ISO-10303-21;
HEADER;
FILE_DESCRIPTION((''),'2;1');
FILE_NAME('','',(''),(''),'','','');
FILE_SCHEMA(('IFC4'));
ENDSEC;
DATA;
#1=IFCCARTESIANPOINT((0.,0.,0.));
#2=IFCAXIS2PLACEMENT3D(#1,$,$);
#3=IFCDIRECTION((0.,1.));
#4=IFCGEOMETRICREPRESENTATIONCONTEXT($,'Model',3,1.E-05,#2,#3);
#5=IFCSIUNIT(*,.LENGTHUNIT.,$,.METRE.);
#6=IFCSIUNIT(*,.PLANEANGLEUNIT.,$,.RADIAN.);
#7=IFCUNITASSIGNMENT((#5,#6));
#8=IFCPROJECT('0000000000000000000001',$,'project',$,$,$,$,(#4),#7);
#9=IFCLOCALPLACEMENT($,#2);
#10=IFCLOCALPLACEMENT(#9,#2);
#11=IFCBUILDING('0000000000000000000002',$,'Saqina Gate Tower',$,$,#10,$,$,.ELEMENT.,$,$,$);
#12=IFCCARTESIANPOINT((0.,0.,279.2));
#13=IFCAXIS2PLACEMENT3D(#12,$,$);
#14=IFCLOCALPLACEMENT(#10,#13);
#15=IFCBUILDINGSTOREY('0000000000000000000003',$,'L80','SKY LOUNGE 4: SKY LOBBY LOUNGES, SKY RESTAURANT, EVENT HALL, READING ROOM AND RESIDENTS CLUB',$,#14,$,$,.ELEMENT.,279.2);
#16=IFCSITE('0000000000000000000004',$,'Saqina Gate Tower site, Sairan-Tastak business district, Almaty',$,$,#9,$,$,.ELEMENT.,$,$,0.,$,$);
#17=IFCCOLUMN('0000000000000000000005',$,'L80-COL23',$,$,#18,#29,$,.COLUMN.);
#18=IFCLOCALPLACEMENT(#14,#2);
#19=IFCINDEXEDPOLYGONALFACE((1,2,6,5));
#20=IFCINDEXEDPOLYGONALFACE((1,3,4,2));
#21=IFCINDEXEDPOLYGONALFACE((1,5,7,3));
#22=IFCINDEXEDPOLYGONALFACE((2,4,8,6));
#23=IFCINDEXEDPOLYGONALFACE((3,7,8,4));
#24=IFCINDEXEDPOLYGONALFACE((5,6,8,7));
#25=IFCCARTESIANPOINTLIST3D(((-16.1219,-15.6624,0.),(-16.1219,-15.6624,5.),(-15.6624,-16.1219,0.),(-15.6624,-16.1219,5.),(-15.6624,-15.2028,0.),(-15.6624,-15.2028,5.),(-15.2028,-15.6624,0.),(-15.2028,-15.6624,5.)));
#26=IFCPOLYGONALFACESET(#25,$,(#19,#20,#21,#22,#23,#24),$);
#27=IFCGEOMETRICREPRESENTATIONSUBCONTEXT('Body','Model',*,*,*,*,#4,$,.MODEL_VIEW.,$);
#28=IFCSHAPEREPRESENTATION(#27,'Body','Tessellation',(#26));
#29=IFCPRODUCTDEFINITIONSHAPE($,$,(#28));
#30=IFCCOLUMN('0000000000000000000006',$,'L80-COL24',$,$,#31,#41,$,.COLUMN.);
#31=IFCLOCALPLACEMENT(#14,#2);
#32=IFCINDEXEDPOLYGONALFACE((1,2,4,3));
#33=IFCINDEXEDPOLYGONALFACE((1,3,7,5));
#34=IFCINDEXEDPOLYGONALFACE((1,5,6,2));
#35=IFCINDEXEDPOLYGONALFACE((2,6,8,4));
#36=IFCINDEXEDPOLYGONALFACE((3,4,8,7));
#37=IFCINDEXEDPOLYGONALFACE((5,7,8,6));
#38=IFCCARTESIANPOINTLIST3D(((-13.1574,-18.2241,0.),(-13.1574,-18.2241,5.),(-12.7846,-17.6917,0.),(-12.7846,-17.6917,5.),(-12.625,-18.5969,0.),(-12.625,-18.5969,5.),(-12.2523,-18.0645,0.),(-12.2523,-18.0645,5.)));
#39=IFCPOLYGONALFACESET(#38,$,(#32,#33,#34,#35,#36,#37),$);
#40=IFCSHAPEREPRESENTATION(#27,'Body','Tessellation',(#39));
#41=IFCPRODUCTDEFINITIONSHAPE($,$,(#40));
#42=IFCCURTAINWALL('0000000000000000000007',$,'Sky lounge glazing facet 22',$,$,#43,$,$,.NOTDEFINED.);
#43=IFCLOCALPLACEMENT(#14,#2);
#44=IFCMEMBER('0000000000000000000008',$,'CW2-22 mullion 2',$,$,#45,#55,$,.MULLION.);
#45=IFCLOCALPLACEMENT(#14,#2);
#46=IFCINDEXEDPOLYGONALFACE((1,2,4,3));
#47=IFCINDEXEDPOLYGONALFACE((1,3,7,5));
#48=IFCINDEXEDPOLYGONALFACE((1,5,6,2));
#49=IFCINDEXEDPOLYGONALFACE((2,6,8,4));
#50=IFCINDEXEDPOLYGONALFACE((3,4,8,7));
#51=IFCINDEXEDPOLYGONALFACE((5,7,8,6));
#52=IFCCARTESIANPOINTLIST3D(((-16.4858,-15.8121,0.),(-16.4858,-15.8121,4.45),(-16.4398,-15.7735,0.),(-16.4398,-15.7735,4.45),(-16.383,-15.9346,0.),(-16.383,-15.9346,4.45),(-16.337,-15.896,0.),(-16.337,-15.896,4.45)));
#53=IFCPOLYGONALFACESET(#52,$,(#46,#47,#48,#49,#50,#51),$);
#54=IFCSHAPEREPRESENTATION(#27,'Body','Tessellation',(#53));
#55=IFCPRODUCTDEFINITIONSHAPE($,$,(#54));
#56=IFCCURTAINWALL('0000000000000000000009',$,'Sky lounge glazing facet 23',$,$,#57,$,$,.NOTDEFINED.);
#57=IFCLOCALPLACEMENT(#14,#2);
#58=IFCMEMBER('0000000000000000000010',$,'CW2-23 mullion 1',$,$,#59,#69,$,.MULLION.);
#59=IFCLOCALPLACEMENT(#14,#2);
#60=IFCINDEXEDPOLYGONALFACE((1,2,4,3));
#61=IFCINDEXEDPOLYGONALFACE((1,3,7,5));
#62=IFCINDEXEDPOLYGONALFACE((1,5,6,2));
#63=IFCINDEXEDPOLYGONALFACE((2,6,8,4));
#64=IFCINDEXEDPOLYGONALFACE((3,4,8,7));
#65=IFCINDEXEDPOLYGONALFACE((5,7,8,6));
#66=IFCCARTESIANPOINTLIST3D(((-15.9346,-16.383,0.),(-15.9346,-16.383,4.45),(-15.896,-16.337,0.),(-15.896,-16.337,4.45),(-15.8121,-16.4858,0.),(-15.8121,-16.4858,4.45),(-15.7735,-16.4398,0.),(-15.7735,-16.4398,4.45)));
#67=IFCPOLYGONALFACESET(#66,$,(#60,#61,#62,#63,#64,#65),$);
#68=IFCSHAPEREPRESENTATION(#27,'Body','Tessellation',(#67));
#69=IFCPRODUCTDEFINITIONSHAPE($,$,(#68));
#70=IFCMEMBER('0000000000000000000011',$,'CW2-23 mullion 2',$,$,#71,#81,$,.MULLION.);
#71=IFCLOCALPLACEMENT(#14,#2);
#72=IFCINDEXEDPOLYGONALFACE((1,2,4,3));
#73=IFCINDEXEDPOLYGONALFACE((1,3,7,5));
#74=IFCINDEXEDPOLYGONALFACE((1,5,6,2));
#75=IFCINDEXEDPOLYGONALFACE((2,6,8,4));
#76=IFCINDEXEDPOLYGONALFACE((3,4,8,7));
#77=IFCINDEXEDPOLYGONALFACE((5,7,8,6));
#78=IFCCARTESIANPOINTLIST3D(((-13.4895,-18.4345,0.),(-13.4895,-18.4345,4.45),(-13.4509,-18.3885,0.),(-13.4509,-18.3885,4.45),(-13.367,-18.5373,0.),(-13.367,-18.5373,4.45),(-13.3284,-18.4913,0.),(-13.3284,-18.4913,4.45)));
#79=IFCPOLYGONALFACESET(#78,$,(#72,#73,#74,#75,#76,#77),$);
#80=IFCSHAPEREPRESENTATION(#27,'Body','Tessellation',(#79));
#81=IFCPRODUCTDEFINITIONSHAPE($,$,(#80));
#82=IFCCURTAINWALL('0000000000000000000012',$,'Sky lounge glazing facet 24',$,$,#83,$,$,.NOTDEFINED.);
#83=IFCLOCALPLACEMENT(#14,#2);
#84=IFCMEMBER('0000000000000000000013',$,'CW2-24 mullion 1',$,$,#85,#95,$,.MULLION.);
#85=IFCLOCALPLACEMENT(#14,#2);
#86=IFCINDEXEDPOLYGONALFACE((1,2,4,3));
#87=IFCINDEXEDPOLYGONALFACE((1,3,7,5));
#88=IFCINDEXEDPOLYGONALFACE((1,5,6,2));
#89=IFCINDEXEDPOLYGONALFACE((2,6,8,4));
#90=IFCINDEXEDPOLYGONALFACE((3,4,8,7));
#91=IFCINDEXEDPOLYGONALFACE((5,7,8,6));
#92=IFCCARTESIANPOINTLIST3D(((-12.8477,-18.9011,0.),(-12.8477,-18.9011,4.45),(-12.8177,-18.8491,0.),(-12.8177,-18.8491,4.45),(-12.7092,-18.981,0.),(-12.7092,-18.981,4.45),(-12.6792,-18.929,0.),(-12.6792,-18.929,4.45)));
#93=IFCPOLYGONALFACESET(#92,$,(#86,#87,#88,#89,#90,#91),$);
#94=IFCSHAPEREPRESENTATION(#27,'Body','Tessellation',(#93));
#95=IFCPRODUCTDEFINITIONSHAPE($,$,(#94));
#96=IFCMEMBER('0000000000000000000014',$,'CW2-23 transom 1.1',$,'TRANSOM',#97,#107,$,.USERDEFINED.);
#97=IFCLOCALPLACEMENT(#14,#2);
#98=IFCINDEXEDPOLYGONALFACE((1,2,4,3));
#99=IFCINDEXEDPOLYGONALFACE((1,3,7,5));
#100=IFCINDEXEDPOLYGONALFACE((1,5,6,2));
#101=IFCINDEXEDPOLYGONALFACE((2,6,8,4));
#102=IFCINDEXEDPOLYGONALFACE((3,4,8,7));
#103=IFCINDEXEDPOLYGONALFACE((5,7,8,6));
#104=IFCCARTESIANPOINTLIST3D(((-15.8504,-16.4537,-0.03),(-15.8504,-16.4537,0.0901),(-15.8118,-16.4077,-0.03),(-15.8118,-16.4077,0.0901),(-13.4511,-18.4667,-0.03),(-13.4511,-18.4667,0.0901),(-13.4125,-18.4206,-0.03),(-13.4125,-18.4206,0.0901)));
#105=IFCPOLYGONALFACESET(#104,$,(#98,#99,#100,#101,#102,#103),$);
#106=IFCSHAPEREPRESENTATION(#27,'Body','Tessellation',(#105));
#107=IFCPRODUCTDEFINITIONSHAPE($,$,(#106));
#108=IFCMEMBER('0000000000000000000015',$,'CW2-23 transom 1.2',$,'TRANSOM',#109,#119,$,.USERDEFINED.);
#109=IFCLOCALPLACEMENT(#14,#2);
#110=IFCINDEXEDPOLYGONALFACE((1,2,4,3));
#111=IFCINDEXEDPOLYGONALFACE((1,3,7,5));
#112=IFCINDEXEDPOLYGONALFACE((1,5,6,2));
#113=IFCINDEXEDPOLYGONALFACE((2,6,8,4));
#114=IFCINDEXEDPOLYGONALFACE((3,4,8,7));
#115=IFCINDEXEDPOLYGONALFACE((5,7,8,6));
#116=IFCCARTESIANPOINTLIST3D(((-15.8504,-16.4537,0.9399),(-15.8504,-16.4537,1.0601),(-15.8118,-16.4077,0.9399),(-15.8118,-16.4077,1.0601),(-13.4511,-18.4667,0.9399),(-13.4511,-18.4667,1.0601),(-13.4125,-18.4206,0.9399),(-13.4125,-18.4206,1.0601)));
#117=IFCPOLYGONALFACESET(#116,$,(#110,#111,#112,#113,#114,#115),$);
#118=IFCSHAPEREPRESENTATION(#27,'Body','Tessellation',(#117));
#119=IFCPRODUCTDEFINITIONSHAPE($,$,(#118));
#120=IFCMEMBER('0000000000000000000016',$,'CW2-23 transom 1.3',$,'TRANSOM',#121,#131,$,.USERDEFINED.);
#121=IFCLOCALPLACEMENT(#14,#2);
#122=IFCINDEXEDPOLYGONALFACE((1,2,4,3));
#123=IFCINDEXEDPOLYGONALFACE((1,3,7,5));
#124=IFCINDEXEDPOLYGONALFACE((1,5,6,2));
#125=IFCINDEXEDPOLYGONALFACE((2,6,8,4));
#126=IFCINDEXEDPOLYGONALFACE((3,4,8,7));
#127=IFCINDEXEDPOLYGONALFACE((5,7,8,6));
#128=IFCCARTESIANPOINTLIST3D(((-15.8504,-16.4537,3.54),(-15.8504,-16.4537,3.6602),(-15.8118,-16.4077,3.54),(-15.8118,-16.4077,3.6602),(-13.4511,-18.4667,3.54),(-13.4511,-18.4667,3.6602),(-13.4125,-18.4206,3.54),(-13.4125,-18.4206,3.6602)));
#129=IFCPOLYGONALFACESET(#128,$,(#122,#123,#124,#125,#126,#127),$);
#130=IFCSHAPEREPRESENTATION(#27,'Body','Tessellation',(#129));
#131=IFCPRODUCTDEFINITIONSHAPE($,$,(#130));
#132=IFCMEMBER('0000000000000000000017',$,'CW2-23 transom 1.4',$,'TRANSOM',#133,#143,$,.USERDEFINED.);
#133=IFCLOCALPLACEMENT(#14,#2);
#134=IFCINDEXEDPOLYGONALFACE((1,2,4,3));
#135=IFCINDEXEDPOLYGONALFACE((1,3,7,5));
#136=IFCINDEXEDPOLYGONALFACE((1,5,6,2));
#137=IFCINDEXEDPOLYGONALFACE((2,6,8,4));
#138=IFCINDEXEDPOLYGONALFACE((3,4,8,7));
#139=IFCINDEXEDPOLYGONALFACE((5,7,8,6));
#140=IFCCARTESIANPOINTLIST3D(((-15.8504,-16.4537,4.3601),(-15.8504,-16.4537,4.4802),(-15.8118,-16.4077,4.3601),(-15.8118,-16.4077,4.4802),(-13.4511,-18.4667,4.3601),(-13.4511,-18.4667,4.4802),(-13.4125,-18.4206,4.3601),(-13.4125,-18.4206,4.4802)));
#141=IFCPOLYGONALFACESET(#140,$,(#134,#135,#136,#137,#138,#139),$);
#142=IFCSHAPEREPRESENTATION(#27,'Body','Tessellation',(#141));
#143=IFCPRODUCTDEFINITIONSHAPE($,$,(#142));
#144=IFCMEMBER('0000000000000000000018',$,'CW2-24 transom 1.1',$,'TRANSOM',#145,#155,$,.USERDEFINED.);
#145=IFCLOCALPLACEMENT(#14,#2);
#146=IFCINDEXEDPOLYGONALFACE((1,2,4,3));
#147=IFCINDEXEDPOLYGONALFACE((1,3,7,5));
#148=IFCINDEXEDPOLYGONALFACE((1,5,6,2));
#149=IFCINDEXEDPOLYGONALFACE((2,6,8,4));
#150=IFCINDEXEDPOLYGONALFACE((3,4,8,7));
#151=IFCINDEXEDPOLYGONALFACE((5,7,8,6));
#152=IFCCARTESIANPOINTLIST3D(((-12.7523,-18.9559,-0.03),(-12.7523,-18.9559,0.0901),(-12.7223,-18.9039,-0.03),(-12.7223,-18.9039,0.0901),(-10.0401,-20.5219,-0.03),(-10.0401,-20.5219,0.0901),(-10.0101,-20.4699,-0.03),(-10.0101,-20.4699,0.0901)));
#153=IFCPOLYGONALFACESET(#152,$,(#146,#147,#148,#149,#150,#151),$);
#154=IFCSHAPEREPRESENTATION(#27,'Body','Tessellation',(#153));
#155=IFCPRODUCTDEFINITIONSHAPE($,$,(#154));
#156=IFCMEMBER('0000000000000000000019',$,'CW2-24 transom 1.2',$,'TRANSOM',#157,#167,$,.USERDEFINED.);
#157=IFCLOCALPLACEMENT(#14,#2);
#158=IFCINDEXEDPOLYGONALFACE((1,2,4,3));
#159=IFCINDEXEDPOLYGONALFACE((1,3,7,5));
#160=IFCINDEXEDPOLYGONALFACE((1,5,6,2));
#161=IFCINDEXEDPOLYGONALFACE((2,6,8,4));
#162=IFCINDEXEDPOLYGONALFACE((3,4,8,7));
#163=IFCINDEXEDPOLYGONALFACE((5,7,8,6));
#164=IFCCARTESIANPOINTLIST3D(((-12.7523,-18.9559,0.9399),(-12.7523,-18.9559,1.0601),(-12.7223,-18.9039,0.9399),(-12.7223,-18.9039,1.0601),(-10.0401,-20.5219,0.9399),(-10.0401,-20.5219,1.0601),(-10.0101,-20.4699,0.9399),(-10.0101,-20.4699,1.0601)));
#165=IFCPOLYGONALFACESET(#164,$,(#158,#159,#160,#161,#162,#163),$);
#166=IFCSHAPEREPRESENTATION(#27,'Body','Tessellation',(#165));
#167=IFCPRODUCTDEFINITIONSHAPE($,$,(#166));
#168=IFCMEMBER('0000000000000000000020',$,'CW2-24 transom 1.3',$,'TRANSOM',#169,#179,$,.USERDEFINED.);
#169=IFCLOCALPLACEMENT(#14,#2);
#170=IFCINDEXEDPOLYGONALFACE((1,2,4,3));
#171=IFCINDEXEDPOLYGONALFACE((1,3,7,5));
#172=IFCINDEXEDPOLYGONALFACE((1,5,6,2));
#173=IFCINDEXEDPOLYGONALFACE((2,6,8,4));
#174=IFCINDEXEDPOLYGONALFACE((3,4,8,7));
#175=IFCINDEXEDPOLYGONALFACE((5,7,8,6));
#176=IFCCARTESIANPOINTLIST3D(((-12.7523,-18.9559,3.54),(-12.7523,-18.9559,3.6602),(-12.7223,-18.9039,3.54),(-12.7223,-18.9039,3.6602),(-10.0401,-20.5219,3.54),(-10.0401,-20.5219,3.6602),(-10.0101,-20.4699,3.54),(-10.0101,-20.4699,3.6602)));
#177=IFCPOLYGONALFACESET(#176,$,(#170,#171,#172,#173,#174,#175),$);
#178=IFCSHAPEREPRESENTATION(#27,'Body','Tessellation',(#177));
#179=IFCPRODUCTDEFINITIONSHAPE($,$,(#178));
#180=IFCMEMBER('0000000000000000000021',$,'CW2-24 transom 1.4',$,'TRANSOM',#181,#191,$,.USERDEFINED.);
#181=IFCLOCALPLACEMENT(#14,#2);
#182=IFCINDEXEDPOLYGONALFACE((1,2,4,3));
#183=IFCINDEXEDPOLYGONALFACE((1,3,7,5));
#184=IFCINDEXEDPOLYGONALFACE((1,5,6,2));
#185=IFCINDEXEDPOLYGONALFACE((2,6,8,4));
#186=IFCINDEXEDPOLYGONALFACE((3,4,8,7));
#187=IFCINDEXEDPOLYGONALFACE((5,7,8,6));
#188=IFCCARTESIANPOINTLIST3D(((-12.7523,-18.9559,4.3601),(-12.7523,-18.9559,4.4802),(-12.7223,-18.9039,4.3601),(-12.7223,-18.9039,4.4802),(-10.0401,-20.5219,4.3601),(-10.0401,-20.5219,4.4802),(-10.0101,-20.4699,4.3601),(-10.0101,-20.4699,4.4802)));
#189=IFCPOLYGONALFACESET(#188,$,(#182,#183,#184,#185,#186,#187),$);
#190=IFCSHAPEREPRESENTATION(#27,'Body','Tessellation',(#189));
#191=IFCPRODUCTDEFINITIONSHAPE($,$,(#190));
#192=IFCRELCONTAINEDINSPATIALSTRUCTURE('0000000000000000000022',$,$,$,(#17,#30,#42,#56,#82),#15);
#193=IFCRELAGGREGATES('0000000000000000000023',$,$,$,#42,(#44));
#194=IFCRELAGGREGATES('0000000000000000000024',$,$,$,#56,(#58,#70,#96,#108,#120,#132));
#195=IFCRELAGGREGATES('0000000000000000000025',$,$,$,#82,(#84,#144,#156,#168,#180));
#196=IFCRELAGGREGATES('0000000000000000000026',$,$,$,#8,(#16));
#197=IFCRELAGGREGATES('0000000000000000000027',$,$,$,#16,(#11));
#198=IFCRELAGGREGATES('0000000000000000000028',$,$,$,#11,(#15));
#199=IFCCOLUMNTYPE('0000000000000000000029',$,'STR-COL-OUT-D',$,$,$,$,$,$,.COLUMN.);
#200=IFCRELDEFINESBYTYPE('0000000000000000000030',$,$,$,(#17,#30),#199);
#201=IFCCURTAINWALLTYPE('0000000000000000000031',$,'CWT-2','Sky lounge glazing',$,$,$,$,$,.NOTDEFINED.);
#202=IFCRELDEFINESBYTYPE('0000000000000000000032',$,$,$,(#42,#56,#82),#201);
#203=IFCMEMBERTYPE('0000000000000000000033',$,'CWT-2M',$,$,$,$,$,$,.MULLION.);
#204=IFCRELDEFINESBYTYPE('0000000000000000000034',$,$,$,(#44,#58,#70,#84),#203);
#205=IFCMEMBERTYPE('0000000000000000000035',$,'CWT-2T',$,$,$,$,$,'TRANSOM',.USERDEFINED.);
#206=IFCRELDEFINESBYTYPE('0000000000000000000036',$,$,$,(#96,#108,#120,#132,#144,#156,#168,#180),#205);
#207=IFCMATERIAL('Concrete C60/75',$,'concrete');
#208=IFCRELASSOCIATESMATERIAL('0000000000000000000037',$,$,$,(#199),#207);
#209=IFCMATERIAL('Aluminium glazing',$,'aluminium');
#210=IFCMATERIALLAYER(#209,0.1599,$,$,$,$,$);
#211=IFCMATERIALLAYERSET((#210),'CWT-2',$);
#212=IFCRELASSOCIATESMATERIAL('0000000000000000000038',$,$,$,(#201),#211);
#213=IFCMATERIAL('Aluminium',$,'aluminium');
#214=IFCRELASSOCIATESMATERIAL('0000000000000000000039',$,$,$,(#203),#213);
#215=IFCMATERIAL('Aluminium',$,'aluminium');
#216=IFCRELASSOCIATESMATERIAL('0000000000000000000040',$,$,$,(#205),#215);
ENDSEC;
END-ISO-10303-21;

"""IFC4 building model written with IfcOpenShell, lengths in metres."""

from ifc_helpers import new_model, si_unit, direction, frame, origin, origin_2d, place, context, subcontext, project, spatial, rectangle, extrude, material, layer, layer_set, material_profile, profile_set, type_object, element, aggregate, save


model = new_model("IFC4")

# Units and contexts
model_context = context("Model", 3, precision=1e-05, world=origin(), true_north=direction((0.0, 1.0)))
body_context = subcontext(model_context, "Body", "Model", "MODEL_VIEW")
ifc_project = project(units=[si_unit("LENGTHUNIT", "METRE"), si_unit("PLANEANGLEUNIT", "RADIAN")], contexts=[model_context])

# Site, building, storey
site_placement = place(None, origin())
site = spatial("IfcSite", under=ifc_project, at=site_placement, Name="Saqina Gate Tower site, Sairan-Tastak business district, Almaty", CompositionType="ELEMENT", RefElevation=0.0)
building_placement = place(site_placement, origin())
building = spatial("IfcBuilding", under=site, at=building_placement, Name="Saqina Gate Tower", CompositionType="ELEMENT")
storey_placement = place(building_placement, frame((0.0, 0.0, 279.2)))
storey = spatial("IfcBuildingStorey", under=building, at=storey_placement, Name="L80", Description="SKY LOUNGE 4: SKY LOBBY LOUNGES, SKY RESTAURANT, EVENT HALL, READING ROOM AND RESIDENTS CLUB", CompositionType="ELEMENT", Elevation=279.2)

# Columns
ifc_material_1 = material(Name="Concrete C60/75", Category="concrete")
ifc_material_profile_1 = material_profile(ifc_material_1, rectangle(XDim=0.6499, YDim=0.6499, at=origin_2d()), Name="RC 650x650")
ifc_profile_set_1 = profile_set([ifc_material_profile_1], Name="Concrete C60/75")
column_type = type_object("IfcColumnType", Name="STR-COL-OUT-D", PredefinedType="COLUMN", material=ifc_profile_set_1)
for number, where, z_axis, x_axis, name in (
    (1, (-15.6624, -15.6624, 0.0), (0.0, 0.0, 1.0), (-0.707107, -0.707107, 0.0), "L80-COL23"),
    (2, (-12.7048, -18.1443, 0.0), (0.0, 0.0, 1.0), (-0.573576, -0.819152, 0.0), "L80-COL24"),
):
    element("IfcColumn", number, at=place(storey_placement, frame(where, z_axis=z_axis, x_axis=x_axis)), inside=storey, type_object=column_type, Name=name, PredefinedType="COLUMN", context=body_context, shape_type="SweptSolid", body=[
        extrude(rectangle(XDim=0.6499, YDim=0.6499, at=origin_2d()), origin(), (0.0, 0.0, 1.0), 5.0),
    ])

# Curtain wall, member
ifc_material_2 = material(Name="Aluminium glazing", Category="aluminium")
ifc_layer_1 = layer(ifc_material_2, 0.1599)
ifc_layer_set_1 = layer_set([ifc_layer_1], Name="CWT-2")
curtain_wall_type = type_object("IfcCurtainWallType", Name="CWT-2", Description="Sky lounge glazing", PredefinedType="NOTDEFINED", material=ifc_layer_set_1)
curtain_wall_1_placement = place(storey_placement, origin())
curtain_wall_1 = element("IfcCurtainWall", 3, at=curtain_wall_1_placement, inside=storey, type_object=curtain_wall_type, Name="Sky lounge glazing facet 22", PredefinedType="NOTDEFINED")
ifc_material_3 = material(Name="Aluminium", Category="aluminium")
ifc_material_profile_2 = material_profile(ifc_material_3, rectangle(XDim=0.0601, YDim=0.1599, at=origin_2d()), Name="Aluminium 60x160")
ifc_profile_set_2 = profile_set([ifc_material_profile_2], Name="Aluminium")
member_type_1 = type_object("IfcMemberType", Name="CWT-2M", PredefinedType="MULLION", material=ifc_profile_set_2)
member_1_placement = place(storey_placement, frame((-16.4114, -15.854, 0.0), z_axis=(0.0, 0.0, 1.0), x_axis=(0.766046, 0.642785, 0.0)))
member_1 = element("IfcMember", 4, at=member_1_placement, type_object=member_type_1, Name="CW2-22 mullion 2", PredefinedType="MULLION", context=body_context, shape_type="SweptSolid", body=[
    extrude(rectangle(XDim=0.0601, YDim=0.1599, at=origin_2d()), origin(), (0.0, 0.0, 1.0), 4.45),
])
aggregate(curtain_wall_1, [member_1])

# Curtain wall, members
curtain_wall_2_placement = place(storey_placement, origin())
curtain_wall_2 = element("IfcCurtainWall", 5, at=curtain_wall_2_placement, inside=storey, type_object=curtain_wall_type, Name="Sky lounge glazing facet 23", PredefinedType="NOTDEFINED")
member_2_placement = place(storey_placement, frame((-15.854, -16.4114, 0.0), z_axis=(0.0, 0.0, 1.0), x_axis=(0.642785, 0.766046, 0.0)))
member_2 = element("IfcMember", 6, at=member_2_placement, type_object=member_type_1, Name="CW2-23 mullion 1", PredefinedType="MULLION", context=body_context, shape_type="SweptSolid", body=[
    extrude(rectangle(XDim=0.0601, YDim=0.1599, at=origin_2d()), origin(), (0.0, 0.0, 1.0), 4.45),
])
member_3_placement = place(storey_placement, frame((-13.4089, -18.4629, 0.0), z_axis=(0.0, 0.0, 1.0), x_axis=(0.642785, 0.766046, 0.0)))
member_3 = element("IfcMember", 7, at=member_3_placement, type_object=member_type_1, Name="CW2-23 mullion 2", PredefinedType="MULLION", context=body_context, shape_type="SweptSolid", body=[
    extrude(rectangle(XDim=0.0601, YDim=0.1599, at=origin_2d()), origin(), (0.0, 0.0, 1.0), 4.45),
])

# Curtain wall, member
curtain_wall_3_placement = place(storey_placement, origin())
curtain_wall_3 = element("IfcCurtainWall", 8, at=curtain_wall_3_placement, inside=storey, type_object=curtain_wall_type, Name="Sky lounge glazing facet 24", PredefinedType="NOTDEFINED")
member_4_placement = place(storey_placement, frame((-12.7634, -18.915, 0.0), z_axis=(0.0, 0.0, 1.0), x_axis=(0.499982, 0.866036, 0.0)))
member_4 = element("IfcMember", 9, at=member_4_placement, type_object=member_type_1, Name="CW2-24 mullion 1", PredefinedType="MULLION", context=body_context, shape_type="SweptSolid", body=[
    extrude(rectangle(XDim=0.0601, YDim=0.1599, at=origin_2d()), origin(), (0.0, 0.0, 1.0), 4.45),
])

# Members
ifc_material_4 = material(Name="Aluminium", Category="aluminium")
ifc_material_profile_3 = material_profile(ifc_material_4, rectangle(XDim=0.0601, YDim=0.1201, at=origin_2d()), Name="Aluminium 60x120")
ifc_profile_set_3 = profile_set([ifc_material_profile_3], Name="Aluminium")
member_type_2 = type_object("IfcMemberType", Name="CWT-2T", ElementType="TRANSOM", PredefinedType="USERDEFINED", material=ifc_profile_set_3)
member_5_placement = place(storey_placement, frame((-15.8311, -16.4307, 0.03), z_axis=(0.766076, -0.64275, 0.0), x_axis=(0.64275, 0.766076, 0.0)))
member_5 = element("IfcMember", 10, at=member_5_placement, type_object=member_type_2, Name="CW2-23 transom 1.1", ObjectType="TRANSOM", PredefinedType="USERDEFINED", context=body_context, shape_type="SweptSolid", body=[
    extrude(rectangle(XDim=0.0601, YDim=0.1201, at=origin_2d()), origin(), (0.0, 0.0, 1.0), 3.1318),
])
member_6_placement = place(storey_placement, frame((-15.8311, -16.4307, 1.0), z_axis=(0.766076, -0.64275, 0.0), x_axis=(0.64275, 0.766076, 0.0)))
member_6 = element("IfcMember", 11, at=member_6_placement, type_object=member_type_2, Name="CW2-23 transom 1.2", ObjectType="TRANSOM", PredefinedType="USERDEFINED", context=body_context, shape_type="SweptSolid", body=[
    extrude(rectangle(XDim=0.0601, YDim=0.1201, at=origin_2d()), origin(), (0.0, 0.0, 1.0), 3.1318),
])
member_7_placement = place(storey_placement, frame((-15.8311, -16.4307, 3.6001), z_axis=(0.766076, -0.64275, 0.0), x_axis=(0.64275, 0.766076, 0.0)))
member_7 = element("IfcMember", 12, at=member_7_placement, type_object=member_type_2, Name="CW2-23 transom 1.3", ObjectType="TRANSOM", PredefinedType="USERDEFINED", context=body_context, shape_type="SweptSolid", body=[
    extrude(rectangle(XDim=0.0601, YDim=0.1201, at=origin_2d()), origin(), (0.0, 0.0, 1.0), 3.1318),
])
member_8_placement = place(storey_placement, frame((-15.8311, -16.4307, 4.4202), z_axis=(0.766076, -0.64275, 0.0), x_axis=(0.64275, 0.766076, 0.0)))
member_8 = element("IfcMember", 13, at=member_8_placement, type_object=member_type_2, Name="CW2-23 transom 1.4", ObjectType="TRANSOM", PredefinedType="USERDEFINED", context=body_context, shape_type="SweptSolid", body=[
    extrude(rectangle(XDim=0.0601, YDim=0.1201, at=origin_2d()), origin(), (0.0, 0.0, 1.0), 3.1318),
])
member_9_placement = place(storey_placement, frame((-12.7373, -18.9299, 0.03), z_axis=(0.866018, -0.500013, 0.0), x_axis=(0.500013, 0.866018, 0.0)))
member_9 = element("IfcMember", 14, at=member_9_placement, type_object=member_type_2, Name="CW2-24 transom 1.1", ObjectType="TRANSOM", PredefinedType="USERDEFINED", context=body_context, shape_type="SweptSolid", body=[
    extrude(rectangle(XDim=0.0601, YDim=0.1201, at=origin_2d()), origin(), (0.0, 0.0, 1.0), 3.1318),
])
member_10_placement = place(storey_placement, frame((-12.7373, -18.9299, 1.0), z_axis=(0.866018, -0.500013, 0.0), x_axis=(0.500013, 0.866018, 0.0)))
member_10 = element("IfcMember", 15, at=member_10_placement, type_object=member_type_2, Name="CW2-24 transom 1.2", ObjectType="TRANSOM", PredefinedType="USERDEFINED", context=body_context, shape_type="SweptSolid", body=[
    extrude(rectangle(XDim=0.0601, YDim=0.1201, at=origin_2d()), origin(), (0.0, 0.0, 1.0), 3.1318),
])
member_11_placement = place(storey_placement, frame((-12.7373, -18.9299, 3.6001), z_axis=(0.866018, -0.500013, 0.0), x_axis=(0.500013, 0.866018, 0.0)))
member_11 = element("IfcMember", 16, at=member_11_placement, type_object=member_type_2, Name="CW2-24 transom 1.3", ObjectType="TRANSOM", PredefinedType="USERDEFINED", context=body_context, shape_type="SweptSolid", body=[
    extrude(rectangle(XDim=0.0601, YDim=0.1201, at=origin_2d()), origin(), (0.0, 0.0, 1.0), 3.1318),
])
member_12_placement = place(storey_placement, frame((-12.7373, -18.9299, 4.4202), z_axis=(0.866018, -0.500013, 0.0), x_axis=(0.500013, 0.866018, 0.0)))
member_12 = element("IfcMember", 17, at=member_12_placement, type_object=member_type_2, Name="CW2-24 transom 1.4", ObjectType="TRANSOM", PredefinedType="USERDEFINED", context=body_context, shape_type="SweptSolid", body=[
    extrude(rectangle(XDim=0.0601, YDim=0.1201, at=origin_2d()), origin(), (0.0, 0.0, 1.0), 3.1318),
])

aggregate(curtain_wall_2, [member_2, member_3, member_5, member_6, member_7, member_8])
aggregate(curtain_wall_3, [member_4, member_9, member_10, member_11, member_12])

save(model, "model.ifc")
